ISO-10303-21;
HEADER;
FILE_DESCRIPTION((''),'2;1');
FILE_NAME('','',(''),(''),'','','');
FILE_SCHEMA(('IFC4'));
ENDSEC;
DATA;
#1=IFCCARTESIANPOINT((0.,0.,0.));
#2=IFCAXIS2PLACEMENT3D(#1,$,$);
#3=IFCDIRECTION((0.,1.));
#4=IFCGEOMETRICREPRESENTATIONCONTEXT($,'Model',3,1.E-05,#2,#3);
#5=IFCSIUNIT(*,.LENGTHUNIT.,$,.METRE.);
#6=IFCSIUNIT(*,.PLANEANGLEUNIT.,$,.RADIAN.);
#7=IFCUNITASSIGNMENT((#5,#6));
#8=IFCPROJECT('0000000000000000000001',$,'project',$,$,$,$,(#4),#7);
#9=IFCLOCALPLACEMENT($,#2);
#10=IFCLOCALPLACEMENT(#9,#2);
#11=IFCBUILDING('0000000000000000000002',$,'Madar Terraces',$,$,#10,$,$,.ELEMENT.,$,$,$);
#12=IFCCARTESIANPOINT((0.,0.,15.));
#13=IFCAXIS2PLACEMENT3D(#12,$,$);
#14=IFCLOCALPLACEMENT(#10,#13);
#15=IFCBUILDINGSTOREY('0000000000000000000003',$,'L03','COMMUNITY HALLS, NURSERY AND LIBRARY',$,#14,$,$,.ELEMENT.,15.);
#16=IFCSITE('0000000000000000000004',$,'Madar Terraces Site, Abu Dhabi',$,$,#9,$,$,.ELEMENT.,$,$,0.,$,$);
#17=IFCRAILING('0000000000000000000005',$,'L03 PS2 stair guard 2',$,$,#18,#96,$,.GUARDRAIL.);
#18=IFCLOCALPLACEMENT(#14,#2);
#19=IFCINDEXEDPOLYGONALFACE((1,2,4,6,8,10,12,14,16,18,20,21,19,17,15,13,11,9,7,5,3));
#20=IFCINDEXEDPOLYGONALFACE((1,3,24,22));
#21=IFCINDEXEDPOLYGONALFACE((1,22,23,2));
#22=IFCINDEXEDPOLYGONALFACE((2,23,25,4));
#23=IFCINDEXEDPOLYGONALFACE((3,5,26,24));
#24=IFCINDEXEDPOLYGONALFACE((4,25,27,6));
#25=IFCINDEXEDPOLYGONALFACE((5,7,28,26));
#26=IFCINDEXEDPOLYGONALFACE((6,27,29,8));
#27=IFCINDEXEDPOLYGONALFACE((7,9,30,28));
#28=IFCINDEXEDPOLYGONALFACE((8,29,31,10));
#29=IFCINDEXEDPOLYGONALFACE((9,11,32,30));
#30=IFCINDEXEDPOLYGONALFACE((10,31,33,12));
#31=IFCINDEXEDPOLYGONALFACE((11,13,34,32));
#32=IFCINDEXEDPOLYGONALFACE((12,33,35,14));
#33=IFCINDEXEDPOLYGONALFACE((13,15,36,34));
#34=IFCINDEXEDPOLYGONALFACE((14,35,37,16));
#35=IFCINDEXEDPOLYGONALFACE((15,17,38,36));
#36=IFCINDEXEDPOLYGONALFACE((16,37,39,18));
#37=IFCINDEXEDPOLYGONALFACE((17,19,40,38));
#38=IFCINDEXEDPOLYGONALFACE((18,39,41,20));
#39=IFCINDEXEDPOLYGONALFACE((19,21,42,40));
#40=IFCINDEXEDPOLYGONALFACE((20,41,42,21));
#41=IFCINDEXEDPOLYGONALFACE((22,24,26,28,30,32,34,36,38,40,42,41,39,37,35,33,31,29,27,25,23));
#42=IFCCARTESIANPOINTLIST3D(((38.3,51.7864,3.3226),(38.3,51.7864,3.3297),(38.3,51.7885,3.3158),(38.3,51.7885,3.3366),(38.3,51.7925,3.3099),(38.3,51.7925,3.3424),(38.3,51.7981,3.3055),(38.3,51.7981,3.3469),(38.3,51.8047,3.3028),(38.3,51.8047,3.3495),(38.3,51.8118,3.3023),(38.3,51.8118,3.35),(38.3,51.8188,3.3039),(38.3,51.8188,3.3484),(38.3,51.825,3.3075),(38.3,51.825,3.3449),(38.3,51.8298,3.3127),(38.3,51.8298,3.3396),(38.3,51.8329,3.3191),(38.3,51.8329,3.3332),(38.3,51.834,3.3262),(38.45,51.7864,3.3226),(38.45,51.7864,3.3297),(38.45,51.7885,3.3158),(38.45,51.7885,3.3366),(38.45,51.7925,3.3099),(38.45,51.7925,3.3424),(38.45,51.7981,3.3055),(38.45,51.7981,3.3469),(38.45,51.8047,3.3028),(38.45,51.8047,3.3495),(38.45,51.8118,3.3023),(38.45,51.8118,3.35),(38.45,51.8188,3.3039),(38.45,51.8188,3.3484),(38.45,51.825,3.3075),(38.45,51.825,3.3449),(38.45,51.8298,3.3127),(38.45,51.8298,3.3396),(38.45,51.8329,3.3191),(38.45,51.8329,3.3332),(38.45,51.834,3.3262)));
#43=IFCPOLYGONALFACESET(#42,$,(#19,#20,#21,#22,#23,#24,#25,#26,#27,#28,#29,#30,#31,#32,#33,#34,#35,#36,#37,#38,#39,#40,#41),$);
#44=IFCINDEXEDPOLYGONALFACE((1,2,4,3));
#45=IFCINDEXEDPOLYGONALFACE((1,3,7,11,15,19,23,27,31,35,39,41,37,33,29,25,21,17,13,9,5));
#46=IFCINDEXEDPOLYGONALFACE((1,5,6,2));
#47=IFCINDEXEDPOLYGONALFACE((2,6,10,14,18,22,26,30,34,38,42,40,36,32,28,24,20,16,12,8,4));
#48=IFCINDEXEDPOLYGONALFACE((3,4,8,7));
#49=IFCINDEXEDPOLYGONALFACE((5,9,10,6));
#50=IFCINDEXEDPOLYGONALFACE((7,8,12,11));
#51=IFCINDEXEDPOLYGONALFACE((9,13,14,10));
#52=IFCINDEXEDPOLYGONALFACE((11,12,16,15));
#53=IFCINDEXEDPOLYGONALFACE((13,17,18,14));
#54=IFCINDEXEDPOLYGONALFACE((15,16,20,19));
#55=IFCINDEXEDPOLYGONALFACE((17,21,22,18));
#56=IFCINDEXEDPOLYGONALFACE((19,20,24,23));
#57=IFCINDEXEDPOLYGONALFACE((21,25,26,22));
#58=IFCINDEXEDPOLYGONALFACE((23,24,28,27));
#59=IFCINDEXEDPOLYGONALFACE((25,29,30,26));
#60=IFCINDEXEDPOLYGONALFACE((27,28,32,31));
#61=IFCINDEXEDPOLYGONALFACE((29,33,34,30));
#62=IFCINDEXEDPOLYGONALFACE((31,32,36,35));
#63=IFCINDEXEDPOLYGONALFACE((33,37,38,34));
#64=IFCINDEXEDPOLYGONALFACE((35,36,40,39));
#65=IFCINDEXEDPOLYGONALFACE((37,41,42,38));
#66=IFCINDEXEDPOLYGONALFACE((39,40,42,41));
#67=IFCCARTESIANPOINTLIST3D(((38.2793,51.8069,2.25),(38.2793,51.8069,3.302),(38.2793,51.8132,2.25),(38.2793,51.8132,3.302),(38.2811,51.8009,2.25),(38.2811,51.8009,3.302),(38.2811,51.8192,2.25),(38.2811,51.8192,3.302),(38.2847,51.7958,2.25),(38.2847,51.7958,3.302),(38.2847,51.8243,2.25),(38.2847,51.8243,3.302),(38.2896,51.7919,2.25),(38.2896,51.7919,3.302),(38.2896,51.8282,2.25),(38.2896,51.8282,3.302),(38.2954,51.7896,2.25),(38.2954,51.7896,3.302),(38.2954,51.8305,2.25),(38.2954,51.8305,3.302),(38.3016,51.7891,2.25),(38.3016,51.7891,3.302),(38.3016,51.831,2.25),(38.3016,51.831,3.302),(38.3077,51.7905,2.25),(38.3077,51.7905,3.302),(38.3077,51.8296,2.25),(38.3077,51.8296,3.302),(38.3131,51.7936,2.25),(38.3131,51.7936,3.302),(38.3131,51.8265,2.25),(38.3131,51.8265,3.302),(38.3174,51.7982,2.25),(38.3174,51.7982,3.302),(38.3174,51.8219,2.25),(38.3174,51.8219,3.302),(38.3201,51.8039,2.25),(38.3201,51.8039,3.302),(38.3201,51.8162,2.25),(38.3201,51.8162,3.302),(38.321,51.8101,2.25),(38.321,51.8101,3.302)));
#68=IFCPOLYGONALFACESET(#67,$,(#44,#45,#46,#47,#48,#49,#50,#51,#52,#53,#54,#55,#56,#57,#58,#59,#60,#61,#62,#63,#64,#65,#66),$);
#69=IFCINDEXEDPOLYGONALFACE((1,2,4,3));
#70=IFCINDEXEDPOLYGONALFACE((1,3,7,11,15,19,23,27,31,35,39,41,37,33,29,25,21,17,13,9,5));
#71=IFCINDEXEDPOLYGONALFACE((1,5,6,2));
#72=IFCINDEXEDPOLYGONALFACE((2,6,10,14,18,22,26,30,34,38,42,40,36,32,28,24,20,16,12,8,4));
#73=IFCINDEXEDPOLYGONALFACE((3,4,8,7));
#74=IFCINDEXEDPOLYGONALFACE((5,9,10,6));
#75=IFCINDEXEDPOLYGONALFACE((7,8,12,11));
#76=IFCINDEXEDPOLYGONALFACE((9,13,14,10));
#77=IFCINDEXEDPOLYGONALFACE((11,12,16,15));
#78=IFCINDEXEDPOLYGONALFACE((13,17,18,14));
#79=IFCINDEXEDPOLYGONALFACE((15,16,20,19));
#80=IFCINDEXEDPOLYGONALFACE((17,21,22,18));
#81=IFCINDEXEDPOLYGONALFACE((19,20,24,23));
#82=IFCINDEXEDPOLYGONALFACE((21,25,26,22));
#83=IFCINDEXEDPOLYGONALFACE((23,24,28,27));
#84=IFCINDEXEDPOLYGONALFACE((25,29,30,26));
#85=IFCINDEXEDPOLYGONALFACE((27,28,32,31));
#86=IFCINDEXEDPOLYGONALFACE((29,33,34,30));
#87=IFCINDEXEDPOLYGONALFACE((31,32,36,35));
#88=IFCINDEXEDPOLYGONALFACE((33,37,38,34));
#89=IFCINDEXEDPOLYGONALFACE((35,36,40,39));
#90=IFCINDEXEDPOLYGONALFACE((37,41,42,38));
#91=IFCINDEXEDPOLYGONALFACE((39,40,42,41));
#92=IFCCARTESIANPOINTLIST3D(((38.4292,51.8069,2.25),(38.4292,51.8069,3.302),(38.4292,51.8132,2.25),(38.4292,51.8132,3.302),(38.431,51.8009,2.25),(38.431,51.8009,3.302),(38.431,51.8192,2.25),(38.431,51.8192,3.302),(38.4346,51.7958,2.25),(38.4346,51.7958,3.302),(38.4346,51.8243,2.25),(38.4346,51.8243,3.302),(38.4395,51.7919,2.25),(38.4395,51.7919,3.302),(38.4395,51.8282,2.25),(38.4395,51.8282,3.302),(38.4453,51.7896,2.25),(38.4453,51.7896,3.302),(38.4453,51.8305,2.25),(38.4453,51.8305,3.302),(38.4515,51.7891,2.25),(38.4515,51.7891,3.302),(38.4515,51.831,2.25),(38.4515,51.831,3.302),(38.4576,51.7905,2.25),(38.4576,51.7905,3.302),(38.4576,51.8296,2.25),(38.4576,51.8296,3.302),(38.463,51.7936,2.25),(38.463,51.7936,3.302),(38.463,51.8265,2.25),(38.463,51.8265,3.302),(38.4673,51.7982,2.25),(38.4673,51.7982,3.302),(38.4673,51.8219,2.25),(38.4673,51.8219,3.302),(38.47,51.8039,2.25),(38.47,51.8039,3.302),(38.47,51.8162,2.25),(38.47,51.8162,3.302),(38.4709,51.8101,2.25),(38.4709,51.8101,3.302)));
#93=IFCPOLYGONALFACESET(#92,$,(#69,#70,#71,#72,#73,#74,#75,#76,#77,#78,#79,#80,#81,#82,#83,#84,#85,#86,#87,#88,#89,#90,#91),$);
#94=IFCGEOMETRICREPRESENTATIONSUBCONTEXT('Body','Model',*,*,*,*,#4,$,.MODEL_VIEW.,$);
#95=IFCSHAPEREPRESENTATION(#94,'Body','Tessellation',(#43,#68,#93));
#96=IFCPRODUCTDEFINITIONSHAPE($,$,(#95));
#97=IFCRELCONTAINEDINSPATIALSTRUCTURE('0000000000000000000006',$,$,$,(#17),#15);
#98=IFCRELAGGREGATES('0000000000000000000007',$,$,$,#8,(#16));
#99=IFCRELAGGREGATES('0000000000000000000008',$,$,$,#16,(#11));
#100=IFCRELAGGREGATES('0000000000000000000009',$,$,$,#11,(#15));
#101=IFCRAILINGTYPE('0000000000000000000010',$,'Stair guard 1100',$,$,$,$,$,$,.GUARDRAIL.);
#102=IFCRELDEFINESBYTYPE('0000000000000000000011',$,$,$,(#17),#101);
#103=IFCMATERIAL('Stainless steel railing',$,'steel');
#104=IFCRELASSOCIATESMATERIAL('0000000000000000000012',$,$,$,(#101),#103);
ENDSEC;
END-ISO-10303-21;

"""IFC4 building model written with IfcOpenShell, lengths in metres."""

from ifc_helpers import new_model, si_unit, direction, frame, origin, origin_2d, place, context, subcontext, project, spatial, circle, extrude, material, type_object, element, save


model = new_model("IFC4")

# Units and contexts
model_context = context("Model", 3, precision=1e-05, world=origin(), true_north=direction((0.0, 1.0)))
body_context = subcontext(model_context, "Body", "Model", "MODEL_VIEW")
ifc_project = project(units=[si_unit("LENGTHUNIT", "METRE"), si_unit("PLANEANGLEUNIT", "RADIAN")], contexts=[model_context])

# Site, building, storey
site_placement = place(None, origin())
site = spatial("IfcSite", under=ifc_project, at=site_placement, Name="Madar Terraces Site, Abu Dhabi", CompositionType="ELEMENT", RefElevation=0.0)
building_placement = place(site_placement, origin())
building = spatial("IfcBuilding", under=site, at=building_placement, Name="Madar Terraces", CompositionType="ELEMENT")
storey_placement = place(building_placement, frame((0.0, 0.0, 15.0)))
storey = spatial("IfcBuildingStorey", under=building, at=storey_placement, Name="L03", Description="COMMUNITY HALLS, NURSERY AND LIBRARY", CompositionType="ELEMENT", Elevation=15.0)

# Railing
ifc_material_1 = material(Name="Stainless steel railing", Category="steel")
railing_type_1 = type_object("IfcRailingType", Name="Stair guard 1100", PredefinedType="GUARDRAIL", material=ifc_material_1)
railing_1_placement = place(storey_placement, frame((38.3, 51.8101, 2.25)))
element("IfcRailing", 1, at=railing_1_placement, inside=storey, type_object=railing_type_1, Name="L03 PS2 stair guard 2", PredefinedType="GUARDRAIL", context=body_context, shape_type="SweptSolid", body=[
    extrude(circle(Radius=0.0239, at=origin_2d()), frame((0.0, 0.0, 1.0762), z_axis=(1.0, 0.0, 0.0), x_axis=(0.0, 1.0, 0.0)), (0.0, 0.0, 1.0), 0.1499),
    extrude(circle(Radius=0.021, at=origin_2d()), origin(), (0.0, 0.0, 1.0), 1.052),
    extrude(circle(Radius=0.021, at=origin_2d()), frame((0.1499, 0.0, 0.0)), (0.0, 0.0, 1.0), 1.052),
])

save(model, "model.ifc")
